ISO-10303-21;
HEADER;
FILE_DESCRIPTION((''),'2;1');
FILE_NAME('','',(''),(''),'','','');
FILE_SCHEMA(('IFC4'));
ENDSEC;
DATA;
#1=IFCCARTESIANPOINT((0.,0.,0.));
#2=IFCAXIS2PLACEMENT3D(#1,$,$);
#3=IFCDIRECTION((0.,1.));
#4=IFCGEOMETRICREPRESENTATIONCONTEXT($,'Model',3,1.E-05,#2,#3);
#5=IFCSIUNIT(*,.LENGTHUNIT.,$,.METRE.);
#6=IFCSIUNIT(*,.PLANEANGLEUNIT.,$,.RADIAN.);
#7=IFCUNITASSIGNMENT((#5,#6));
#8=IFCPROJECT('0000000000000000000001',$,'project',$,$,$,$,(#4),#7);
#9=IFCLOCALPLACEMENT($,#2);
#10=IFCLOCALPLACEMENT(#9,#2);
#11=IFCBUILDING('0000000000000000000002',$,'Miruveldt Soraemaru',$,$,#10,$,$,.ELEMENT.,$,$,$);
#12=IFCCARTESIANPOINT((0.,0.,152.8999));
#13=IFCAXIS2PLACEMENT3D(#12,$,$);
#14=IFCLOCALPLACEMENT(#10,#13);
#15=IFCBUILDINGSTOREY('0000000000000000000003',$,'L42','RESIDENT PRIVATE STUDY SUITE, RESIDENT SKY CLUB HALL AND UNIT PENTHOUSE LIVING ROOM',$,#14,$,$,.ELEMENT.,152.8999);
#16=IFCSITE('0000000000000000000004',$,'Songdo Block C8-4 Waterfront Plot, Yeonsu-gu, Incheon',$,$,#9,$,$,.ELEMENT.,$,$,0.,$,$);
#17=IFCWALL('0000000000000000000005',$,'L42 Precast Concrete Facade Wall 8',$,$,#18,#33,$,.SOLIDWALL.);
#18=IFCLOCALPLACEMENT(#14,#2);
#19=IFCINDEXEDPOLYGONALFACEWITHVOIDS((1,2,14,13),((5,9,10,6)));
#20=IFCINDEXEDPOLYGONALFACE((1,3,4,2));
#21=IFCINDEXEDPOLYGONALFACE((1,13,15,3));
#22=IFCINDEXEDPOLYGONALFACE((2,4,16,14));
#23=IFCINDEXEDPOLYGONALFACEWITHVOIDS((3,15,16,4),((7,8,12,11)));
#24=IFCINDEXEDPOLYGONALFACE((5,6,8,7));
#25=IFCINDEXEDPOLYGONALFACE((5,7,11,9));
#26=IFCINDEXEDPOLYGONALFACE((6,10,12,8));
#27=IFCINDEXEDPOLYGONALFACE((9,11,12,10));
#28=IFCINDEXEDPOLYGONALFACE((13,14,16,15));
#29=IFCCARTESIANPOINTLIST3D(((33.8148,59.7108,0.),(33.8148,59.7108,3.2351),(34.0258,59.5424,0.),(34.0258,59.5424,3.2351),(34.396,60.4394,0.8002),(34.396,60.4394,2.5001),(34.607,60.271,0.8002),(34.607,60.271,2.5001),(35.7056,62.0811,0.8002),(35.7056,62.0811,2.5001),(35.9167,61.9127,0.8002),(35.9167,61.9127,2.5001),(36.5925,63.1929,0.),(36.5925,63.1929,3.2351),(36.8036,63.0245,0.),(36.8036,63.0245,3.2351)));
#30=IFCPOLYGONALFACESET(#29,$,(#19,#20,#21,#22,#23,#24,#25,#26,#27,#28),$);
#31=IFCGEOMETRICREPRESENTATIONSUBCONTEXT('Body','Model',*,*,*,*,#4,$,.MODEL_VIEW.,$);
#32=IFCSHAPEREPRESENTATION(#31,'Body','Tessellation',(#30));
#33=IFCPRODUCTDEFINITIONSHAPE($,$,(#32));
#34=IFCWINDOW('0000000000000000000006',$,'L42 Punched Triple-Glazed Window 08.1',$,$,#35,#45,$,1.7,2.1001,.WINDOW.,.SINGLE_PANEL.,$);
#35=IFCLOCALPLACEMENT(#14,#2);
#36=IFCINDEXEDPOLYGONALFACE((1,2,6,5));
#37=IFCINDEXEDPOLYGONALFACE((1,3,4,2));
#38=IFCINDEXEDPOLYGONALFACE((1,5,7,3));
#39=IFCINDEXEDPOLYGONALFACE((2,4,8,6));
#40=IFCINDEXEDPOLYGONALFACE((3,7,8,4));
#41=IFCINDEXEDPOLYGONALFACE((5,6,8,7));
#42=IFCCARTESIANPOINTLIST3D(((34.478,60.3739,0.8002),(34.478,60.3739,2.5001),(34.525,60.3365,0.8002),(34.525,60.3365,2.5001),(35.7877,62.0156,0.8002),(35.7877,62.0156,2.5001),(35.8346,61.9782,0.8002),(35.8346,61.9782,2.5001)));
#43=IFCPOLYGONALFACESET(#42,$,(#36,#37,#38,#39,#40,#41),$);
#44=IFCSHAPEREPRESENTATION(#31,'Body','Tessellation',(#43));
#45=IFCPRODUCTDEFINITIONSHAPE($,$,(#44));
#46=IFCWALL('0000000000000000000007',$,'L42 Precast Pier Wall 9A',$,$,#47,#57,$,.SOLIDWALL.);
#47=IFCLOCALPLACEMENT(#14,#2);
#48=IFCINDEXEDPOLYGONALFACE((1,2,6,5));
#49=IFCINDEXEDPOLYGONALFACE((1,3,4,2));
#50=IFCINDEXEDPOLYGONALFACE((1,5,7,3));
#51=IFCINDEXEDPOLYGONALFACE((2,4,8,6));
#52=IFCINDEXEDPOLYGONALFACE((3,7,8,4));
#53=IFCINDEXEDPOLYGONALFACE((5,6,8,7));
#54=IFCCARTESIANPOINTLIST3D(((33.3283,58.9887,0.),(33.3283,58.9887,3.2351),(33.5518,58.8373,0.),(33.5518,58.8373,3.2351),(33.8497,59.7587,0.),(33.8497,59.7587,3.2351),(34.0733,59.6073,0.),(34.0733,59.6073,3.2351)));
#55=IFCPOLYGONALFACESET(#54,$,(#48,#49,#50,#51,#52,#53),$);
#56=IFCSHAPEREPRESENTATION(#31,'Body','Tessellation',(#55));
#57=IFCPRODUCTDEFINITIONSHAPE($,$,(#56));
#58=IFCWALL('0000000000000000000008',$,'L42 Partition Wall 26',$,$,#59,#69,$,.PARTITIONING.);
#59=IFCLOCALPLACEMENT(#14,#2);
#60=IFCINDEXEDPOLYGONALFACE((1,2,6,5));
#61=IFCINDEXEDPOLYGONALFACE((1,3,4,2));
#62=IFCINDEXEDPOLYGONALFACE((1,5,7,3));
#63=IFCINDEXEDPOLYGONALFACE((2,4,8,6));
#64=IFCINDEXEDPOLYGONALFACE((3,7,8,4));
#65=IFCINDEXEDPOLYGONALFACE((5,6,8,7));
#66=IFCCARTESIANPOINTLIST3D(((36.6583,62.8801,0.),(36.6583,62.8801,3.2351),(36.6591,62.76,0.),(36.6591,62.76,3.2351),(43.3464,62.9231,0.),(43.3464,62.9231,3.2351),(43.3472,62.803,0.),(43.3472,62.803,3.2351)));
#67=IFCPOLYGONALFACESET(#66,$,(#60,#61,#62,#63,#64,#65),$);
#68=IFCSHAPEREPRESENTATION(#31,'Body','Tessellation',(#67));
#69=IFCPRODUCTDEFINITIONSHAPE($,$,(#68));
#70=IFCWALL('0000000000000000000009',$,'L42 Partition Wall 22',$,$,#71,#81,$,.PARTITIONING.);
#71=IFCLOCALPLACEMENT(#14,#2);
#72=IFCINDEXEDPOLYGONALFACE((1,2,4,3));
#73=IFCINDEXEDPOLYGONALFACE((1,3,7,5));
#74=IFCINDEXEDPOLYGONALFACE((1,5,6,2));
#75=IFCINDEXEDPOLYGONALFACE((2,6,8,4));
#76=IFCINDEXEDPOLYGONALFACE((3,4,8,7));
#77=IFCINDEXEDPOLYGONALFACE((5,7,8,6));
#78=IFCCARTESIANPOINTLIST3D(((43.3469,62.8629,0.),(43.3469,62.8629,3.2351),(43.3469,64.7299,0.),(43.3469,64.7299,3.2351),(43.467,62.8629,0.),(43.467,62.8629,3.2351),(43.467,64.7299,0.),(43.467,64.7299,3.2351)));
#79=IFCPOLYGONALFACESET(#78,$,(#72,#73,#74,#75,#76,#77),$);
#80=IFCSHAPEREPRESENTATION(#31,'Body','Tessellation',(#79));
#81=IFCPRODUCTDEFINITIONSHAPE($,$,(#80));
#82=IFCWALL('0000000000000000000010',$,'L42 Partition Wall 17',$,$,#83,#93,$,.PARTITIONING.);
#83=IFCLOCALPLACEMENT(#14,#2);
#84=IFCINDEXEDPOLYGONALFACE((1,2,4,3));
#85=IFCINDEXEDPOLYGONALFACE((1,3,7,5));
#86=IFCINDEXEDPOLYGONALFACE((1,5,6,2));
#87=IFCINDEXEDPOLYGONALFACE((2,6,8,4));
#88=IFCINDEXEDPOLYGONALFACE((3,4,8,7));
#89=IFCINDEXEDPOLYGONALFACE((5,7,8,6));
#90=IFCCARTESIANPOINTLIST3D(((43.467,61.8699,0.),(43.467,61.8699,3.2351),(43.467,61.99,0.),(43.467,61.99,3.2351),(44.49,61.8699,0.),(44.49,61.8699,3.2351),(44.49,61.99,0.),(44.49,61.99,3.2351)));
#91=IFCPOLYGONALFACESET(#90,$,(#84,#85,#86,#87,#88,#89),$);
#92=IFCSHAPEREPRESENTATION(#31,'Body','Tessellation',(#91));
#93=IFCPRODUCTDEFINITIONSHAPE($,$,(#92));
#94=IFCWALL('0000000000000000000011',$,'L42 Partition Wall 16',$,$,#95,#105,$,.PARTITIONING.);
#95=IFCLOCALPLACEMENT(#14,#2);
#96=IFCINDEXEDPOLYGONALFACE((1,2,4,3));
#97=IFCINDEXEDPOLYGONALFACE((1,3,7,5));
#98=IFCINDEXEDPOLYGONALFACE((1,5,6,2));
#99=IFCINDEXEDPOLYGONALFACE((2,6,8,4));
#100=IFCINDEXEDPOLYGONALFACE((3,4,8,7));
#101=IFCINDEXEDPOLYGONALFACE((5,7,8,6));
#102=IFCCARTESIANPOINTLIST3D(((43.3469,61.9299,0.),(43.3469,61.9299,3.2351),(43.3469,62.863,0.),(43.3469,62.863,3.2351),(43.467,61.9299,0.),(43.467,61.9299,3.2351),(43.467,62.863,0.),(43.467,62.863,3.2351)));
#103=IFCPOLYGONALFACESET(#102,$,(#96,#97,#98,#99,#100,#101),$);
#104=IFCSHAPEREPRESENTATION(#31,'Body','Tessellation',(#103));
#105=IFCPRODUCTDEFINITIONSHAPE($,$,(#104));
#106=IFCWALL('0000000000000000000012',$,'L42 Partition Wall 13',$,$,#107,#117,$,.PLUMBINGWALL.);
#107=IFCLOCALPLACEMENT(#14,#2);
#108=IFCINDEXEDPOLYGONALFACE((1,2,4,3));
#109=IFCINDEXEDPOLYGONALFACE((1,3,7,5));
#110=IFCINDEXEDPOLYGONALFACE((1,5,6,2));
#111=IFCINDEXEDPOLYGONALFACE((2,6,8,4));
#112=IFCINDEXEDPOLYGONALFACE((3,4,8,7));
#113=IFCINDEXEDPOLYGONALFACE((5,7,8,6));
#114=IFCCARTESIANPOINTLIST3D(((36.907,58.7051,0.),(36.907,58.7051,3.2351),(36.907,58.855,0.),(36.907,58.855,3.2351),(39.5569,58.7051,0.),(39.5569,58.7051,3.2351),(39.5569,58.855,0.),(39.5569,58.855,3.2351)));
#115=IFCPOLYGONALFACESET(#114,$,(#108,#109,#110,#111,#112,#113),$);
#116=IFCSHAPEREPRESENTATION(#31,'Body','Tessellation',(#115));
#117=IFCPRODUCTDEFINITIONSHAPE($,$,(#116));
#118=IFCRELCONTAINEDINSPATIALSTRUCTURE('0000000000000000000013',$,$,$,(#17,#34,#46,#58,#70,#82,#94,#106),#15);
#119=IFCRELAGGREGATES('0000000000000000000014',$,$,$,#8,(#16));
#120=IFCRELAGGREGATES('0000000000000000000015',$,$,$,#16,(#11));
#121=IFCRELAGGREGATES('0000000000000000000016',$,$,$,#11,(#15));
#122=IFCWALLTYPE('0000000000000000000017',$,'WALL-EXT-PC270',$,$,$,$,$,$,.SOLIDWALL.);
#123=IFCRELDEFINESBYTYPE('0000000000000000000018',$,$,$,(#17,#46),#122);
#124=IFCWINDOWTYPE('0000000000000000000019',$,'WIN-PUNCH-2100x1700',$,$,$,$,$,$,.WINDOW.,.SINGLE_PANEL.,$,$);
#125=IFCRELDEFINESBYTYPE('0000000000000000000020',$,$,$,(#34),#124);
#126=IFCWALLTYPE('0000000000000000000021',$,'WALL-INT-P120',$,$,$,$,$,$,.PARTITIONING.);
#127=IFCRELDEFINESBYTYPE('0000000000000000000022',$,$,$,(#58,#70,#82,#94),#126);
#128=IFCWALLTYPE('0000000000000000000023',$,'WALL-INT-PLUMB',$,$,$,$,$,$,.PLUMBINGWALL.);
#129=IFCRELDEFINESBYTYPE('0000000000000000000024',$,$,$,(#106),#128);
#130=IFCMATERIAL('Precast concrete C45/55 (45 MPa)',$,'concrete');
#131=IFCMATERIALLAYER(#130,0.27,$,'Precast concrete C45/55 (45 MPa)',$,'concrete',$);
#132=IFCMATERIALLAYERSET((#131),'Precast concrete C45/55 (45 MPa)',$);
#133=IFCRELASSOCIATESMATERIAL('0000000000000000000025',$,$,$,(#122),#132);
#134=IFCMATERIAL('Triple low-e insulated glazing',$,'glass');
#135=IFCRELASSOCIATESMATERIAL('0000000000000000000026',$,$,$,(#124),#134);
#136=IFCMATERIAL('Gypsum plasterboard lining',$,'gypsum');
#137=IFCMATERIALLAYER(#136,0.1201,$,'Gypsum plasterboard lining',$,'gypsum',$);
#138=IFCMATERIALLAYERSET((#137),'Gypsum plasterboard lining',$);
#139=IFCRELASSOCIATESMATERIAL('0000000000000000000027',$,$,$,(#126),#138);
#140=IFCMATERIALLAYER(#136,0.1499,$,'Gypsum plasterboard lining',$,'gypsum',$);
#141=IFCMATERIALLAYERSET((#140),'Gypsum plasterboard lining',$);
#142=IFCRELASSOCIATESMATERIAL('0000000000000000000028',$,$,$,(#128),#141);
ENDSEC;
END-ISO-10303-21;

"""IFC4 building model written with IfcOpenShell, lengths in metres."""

from ifc_helpers import new_model, si_unit, direction, frame, frame_2d, origin, place, context, subcontext, project, spatial, rectangle, extrude, material, layer, layer_set, type_object, element, fill, save


model = new_model("IFC4")

# Units and contexts
model_context = context("Model", 3, precision=1e-05, world=origin(), true_north=direction((0.0, 1.0)))
body_context = subcontext(model_context, "Body", "Model", "MODEL_VIEW")
ifc_project = project(units=[si_unit("LENGTHUNIT", "METRE"), si_unit("PLANEANGLEUNIT", "RADIAN")], contexts=[model_context])

# Site, building, storey
site_placement = place(None, origin())
site = spatial("IfcSite", under=ifc_project, at=site_placement, Name="Songdo Block C8-4 Waterfront Plot, Yeonsu-gu, Incheon", CompositionType="ELEMENT", RefElevation=0.0)
building_placement = place(site_placement, origin())
building = spatial("IfcBuilding", under=site, at=building_placement, Name="Miruveldt Soraemaru", CompositionType="ELEMENT")
storey_placement = place(building_placement, frame((0.0, 0.0, 152.8999)))
storey = spatial("IfcBuildingStorey", under=building, at=storey_placement, Name="L42", Description="RESIDENT PRIVATE STUDY SUITE, RESIDENT SKY CLUB HALL AND UNIT PENTHOUSE LIVING ROOM", CompositionType="ELEMENT", Elevation=152.8999)

# Wall, opening, window
ifc_material_1 = material(Name="Triple low-e insulated glazing", Category="glass")
ifc_material_2 = material(Name="Precast concrete C45/55 (45 MPa)", Category="concrete")
ifc_layer_1 = layer(ifc_material_2, 0.27, Name="Precast concrete C45/55 (45 MPa)", Category="concrete")
ifc_layer_set_1 = layer_set([ifc_layer_1], Name="Precast concrete C45/55 (45 MPa)")
wall_type_1 = type_object("IfcWallType", Name="WALL-EXT-PC270", PredefinedType="SOLIDWALL", material=ifc_layer_set_1)
window_type_1 = type_object("IfcWindowType", Name="WIN-PUNCH-2100x1700", PartitioningType="SINGLE_PANEL", PredefinedType="WINDOW", material=ifc_material_1)
wall_1_placement = place(storey_placement, frame((36.698, 63.1086, 0.0), z_axis=(0.0, 0.0, 1.0), x_axis=(-0.623612, -0.781734, 0.0)))
wall_1 = element("IfcWall", 1, at=wall_1_placement, inside=storey, type_object=wall_type_1, Name="L42 Precast Concrete Facade Wall 8", PredefinedType="SOLIDWALL", context=body_context, shape_type="SweptSolid", body=[
    extrude(rectangle(XDim=4.4543, YDim=0.27, at=frame_2d((2.2271, 0.0))), origin(), (0.0, 0.0, 1.0), 3.2351),
])
opening_1_placement = place(wall_1_placement, frame((1.4221, 0.0, 0.8)))
opening_1 = element("IfcOpeningElement", 2, at=opening_1_placement, cuts=wall_1, PredefinedType="OPENING", context=body_context, shape_type="SweptSolid", body=[
    extrude(rectangle(XDim=2.1001, YDim=1.7, at=frame_2d((1.05, 0.8501))), frame((0.0, 0.145, 0.0), z_axis=(0.0, -1.0, 0.0), x_axis=(1.0, 0.0, 0.0)), (0.0, 0.0, 1.0), 0.29),
])
window_1_placement = place(opening_1_placement, origin())
window_1 = element("IfcWindow", 3, at=window_1_placement, inside=storey, type_object=window_type_1, Name="L42 Punched Triple-Glazed Window 08.1", OverallHeight=1.7, OverallWidth=2.1001, PartitioningType="SINGLE_PANEL", PredefinedType="WINDOW", context=body_context, shape_type="SweptSolid", body=[
    extrude(rectangle(XDim=2.1001, YDim=1.7, at=frame_2d((1.05, 0.8501))), frame((0.0, 0.03, 0.0), z_axis=(0.0, -1.0, 0.0), x_axis=(1.0, 0.0, 0.0)), (0.0, 0.0, 1.0), 0.0601),
])
fill(opening_1, window_1)

# Walls
wall_2_placement = place(storey_placement, frame((33.9614, 59.6829, 0.0), z_axis=(0.0, 0.0, 1.0), x_axis=(-0.560744, -0.827989, 0.0)))
element("IfcWall", 4, at=wall_2_placement, inside=storey, type_object=wall_type_1, Name="L42 Precast Pier Wall 9A", PredefinedType="SOLIDWALL", context=body_context, shape_type="SweptSolid", body=[
    extrude(rectangle(XDim=0.9299, YDim=0.27, at=frame_2d((0.4648, 0.0))), origin(), (0.0, 0.0, 1.0), 3.2351),
])
ifc_material_3 = material(Name="Gypsum plasterboard lining", Category="gypsum")
ifc_layer_2 = layer(ifc_material_3, 0.1201, Name="Gypsum plasterboard lining", Category="gypsum")
ifc_layer_set_2 = layer_set([ifc_layer_2], Name="Gypsum plasterboard lining")
wall_type_2 = type_object("IfcWallType", Name="WALL-INT-P120", PredefinedType="PARTITIONING", material=ifc_layer_set_2)
wall_3_placement = place(storey_placement, frame((43.3469, 62.863, 0.0), z_axis=(0.0, 0.0, 1.0), x_axis=(-0.999979, -0.006425, 0.0)))
element("IfcWall", 5, at=wall_3_placement, inside=storey, type_object=wall_type_2, Name="L42 Partition Wall 26", PredefinedType="PARTITIONING", context=body_context, shape_type="SweptSolid", body=[
    extrude(rectangle(XDim=6.6882, YDim=0.1201, at=frame_2d((3.3442, 0.0))), origin(), (0.0, 0.0, 1.0), 3.2351),
])
wall_4_placement = place(storey_placement, frame((43.407, 64.73, 0.0), z_axis=(0.0, 0.0, 1.0), x_axis=(0.0, -1.0, 0.0)))
element("IfcWall", 6, at=wall_4_placement, inside=storey, type_object=wall_type_2, Name="L42 Partition Wall 22", PredefinedType="PARTITIONING", context=body_context, shape_type="SweptSolid", body=[
    extrude(rectangle(XDim=1.8669, YDim=0.1201, at=frame_2d((0.9336, 0.0))), origin(), (0.0, 0.0, 1.0), 3.2351),
])
wall_5_placement = place(storey_placement, frame((43.467, 61.9299, 0.0), z_axis=(0.0, 0.0, 1.0), x_axis=(1.0, 0.0, 0.0)))
element("IfcWall", 7, at=wall_5_placement, inside=storey, type_object=wall_type_2, Name="L42 Partition Wall 17", PredefinedType="PARTITIONING", context=body_context, shape_type="SweptSolid", body=[
    extrude(rectangle(XDim=1.0229, YDim=0.1201, at=frame_2d((0.5115, 0.0))), origin(), (0.0, 0.0, 1.0), 3.2351),
])
wall_6_placement = place(storey_placement, frame((43.407, 62.863, 0.0), z_axis=(0.0, 0.0, 1.0), x_axis=(0.0, -1.0, 0.0)))
element("IfcWall", 8, at=wall_6_placement, inside=storey, type_object=wall_type_2, Name="L42 Partition Wall 16", PredefinedType="PARTITIONING", context=body_context, shape_type="SweptSolid", body=[
    extrude(rectangle(XDim=0.9331, YDim=0.1201, at=frame_2d((0.4666, 0.0))), origin(), (0.0, 0.0, 1.0), 3.2351),
])
ifc_layer_3 = layer(ifc_material_3, 0.1499, Name="Gypsum plasterboard lining", Category="gypsum")
ifc_layer_set_3 = layer_set([ifc_layer_3], Name="Gypsum plasterboard lining")
wall_type_3 = type_object("IfcWallType", Name="WALL-INT-PLUMB", PredefinedType="PLUMBINGWALL", material=ifc_layer_set_3)
wall_7_placement = place(storey_placement, frame((39.5569, 58.78, 0.0), z_axis=(0.0, 0.0, 1.0), x_axis=(-1.0, 0.0, 0.0)))
element("IfcWall", 9, at=wall_7_placement, inside=storey, type_object=wall_type_3, Name="L42 Partition Wall 13", PredefinedType="PLUMBINGWALL", context=body_context, shape_type="SweptSolid", body=[
    extrude(rectangle(XDim=2.6499, YDim=0.1499, at=frame_2d((1.325, 0.0))), origin(), (0.0, 0.0, 1.0), 3.2351),
])

save(model, "model.ifc")
